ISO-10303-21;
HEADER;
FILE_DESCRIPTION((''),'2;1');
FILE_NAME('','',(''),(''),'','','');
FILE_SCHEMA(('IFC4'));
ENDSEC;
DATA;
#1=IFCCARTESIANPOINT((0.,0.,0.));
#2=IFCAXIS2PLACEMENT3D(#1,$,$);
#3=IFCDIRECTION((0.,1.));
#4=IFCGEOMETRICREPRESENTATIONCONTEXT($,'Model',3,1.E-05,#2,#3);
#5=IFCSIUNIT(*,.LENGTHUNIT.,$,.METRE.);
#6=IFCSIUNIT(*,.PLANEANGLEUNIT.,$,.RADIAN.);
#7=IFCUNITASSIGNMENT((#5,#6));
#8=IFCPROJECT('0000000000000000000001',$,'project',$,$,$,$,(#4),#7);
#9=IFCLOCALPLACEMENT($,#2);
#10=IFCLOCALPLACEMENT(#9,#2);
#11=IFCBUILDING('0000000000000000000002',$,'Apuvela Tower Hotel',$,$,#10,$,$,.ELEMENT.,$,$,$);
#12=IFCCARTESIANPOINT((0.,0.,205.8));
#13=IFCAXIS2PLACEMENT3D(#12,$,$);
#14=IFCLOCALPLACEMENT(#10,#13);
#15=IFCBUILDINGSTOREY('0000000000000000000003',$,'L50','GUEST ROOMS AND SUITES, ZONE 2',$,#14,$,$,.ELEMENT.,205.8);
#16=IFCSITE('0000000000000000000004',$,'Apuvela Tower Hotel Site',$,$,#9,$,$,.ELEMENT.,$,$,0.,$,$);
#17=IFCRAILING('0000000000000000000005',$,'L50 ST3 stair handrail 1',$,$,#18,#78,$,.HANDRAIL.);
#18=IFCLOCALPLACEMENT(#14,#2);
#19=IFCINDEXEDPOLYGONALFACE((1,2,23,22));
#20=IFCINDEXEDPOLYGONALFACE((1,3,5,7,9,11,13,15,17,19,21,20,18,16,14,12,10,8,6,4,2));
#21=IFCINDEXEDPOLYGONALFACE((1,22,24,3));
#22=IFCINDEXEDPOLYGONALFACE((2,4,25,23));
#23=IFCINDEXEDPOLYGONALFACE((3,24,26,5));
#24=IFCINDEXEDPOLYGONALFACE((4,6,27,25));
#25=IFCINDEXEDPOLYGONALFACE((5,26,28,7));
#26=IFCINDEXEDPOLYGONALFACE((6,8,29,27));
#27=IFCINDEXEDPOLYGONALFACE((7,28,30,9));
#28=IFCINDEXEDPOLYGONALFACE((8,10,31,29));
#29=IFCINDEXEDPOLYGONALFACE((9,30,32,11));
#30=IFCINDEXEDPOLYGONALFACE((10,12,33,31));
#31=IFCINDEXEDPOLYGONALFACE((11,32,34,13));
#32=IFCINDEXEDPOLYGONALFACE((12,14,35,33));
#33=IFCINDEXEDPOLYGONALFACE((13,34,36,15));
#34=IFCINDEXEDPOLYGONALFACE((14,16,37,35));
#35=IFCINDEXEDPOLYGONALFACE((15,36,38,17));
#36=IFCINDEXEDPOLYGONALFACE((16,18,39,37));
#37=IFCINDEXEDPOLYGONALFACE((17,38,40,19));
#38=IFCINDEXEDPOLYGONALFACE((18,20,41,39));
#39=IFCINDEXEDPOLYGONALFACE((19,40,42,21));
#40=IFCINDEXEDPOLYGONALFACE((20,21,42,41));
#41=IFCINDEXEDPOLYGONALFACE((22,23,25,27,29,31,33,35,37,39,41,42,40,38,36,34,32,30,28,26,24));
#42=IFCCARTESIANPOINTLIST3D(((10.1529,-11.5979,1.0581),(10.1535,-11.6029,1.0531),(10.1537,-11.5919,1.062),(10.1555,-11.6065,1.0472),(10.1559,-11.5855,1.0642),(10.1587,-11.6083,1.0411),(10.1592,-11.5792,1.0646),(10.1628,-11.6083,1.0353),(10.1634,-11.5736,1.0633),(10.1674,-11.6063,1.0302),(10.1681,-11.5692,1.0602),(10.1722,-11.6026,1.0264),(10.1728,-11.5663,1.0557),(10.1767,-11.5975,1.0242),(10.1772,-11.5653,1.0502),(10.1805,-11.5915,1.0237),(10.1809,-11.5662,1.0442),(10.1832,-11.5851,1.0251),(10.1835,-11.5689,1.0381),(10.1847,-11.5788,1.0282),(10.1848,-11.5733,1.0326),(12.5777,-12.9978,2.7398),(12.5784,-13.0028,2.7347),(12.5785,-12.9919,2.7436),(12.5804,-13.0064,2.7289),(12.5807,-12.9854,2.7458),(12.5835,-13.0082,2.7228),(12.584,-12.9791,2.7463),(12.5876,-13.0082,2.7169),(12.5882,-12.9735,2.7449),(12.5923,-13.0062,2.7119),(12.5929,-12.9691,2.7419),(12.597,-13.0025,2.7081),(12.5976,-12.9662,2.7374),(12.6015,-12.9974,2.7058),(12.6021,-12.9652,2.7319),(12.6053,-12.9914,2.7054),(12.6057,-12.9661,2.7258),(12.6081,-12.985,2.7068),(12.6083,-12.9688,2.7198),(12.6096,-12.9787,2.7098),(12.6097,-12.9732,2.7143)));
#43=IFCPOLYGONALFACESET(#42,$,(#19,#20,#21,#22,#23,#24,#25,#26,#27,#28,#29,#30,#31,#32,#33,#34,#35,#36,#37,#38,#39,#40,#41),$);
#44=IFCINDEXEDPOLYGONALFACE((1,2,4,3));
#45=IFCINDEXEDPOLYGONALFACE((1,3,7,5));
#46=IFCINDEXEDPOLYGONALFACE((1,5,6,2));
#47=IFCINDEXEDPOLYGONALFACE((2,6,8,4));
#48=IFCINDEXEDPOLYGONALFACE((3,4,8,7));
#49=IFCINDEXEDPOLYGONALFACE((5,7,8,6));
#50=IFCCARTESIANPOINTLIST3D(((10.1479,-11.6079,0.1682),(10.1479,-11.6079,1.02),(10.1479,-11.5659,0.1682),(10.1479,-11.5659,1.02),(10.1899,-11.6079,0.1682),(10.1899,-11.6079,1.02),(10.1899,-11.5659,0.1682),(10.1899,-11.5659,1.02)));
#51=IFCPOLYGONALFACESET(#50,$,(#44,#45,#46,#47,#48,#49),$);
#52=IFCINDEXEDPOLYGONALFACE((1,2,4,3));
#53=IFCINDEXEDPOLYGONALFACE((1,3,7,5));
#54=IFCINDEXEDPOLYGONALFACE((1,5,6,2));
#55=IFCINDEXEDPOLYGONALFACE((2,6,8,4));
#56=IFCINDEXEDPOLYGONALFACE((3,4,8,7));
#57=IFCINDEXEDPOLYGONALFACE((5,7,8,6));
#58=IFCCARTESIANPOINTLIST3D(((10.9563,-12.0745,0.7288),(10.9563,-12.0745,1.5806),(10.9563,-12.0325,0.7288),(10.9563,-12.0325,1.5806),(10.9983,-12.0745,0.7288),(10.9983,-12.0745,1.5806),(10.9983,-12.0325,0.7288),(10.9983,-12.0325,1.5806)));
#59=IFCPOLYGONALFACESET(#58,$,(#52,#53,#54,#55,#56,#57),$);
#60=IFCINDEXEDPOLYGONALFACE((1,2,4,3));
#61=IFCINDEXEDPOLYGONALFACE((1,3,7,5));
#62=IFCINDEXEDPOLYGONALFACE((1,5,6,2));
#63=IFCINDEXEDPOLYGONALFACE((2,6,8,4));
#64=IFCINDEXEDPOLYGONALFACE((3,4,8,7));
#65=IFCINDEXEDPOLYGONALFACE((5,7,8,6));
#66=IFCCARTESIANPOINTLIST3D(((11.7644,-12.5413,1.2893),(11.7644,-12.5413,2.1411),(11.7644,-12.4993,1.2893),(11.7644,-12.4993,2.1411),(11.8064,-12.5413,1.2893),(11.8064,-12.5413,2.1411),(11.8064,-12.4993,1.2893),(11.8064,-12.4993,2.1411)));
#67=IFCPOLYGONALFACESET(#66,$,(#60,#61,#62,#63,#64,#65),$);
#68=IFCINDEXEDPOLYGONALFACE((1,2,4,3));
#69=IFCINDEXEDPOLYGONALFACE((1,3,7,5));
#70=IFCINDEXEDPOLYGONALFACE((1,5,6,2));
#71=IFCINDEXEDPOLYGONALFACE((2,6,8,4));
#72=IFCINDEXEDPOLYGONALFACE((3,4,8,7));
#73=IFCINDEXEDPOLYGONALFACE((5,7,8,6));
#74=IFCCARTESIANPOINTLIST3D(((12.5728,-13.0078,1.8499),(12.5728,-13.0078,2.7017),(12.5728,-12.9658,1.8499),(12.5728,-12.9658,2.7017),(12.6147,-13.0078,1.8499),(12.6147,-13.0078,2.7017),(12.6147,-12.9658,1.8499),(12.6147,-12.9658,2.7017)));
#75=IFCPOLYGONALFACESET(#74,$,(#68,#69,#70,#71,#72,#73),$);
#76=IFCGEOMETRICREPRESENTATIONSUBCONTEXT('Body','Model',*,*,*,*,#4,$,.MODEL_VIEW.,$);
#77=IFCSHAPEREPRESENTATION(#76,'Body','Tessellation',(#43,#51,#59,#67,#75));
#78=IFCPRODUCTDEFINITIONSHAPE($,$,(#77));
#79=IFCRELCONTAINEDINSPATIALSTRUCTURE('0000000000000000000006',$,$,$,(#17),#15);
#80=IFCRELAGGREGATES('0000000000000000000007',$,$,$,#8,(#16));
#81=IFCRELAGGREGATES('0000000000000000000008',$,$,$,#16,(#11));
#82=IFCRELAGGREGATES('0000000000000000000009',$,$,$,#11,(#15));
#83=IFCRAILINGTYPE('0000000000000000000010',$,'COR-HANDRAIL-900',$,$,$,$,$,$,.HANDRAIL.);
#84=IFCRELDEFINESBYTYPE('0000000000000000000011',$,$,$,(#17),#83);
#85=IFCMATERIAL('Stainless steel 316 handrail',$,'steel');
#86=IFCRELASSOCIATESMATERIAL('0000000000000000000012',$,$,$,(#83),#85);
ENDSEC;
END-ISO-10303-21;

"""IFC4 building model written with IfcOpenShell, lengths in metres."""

from ifc_helpers import new_model, si_unit, direction, frame, origin, origin_2d, place, context, subcontext, project, spatial, rectangle, circle, extrude, material, type_object, element, save


model = new_model("IFC4")

# Units and contexts
model_context = context("Model", 3, precision=1e-05, world=origin(), true_north=direction((0.0, 1.0)))
body_context = subcontext(model_context, "Body", "Model", "MODEL_VIEW")
ifc_project = project(units=[si_unit("LENGTHUNIT", "METRE"), si_unit("PLANEANGLEUNIT", "RADIAN")], contexts=[model_context])

# Site, building, storey
site_placement = place(None, origin())
site = spatial("IfcSite", under=ifc_project, at=site_placement, Name="Apuvela Tower Hotel Site", CompositionType="ELEMENT", RefElevation=0.0)
building_placement = place(site_placement, origin())
building = spatial("IfcBuilding", under=site, at=building_placement, Name="Apuvela Tower Hotel", CompositionType="ELEMENT")
storey_placement = place(building_placement, frame((0.0, 0.0, 205.8)))
storey = spatial("IfcBuildingStorey", under=building, at=storey_placement, Name="L50", Description="GUEST ROOMS AND SUITES, ZONE 2", CompositionType="ELEMENT", Elevation=205.8)

# Railing
ifc_material_1 = material(Name="Stainless steel 316 handrail", Category="steel")
railing_type_1 = type_object("IfcRailingType", Name="COR-HANDRAIL-900", PredefinedType="HANDRAIL", material=ifc_material_1)
railing_1_placement = place(storey_placement, frame((10.1689, -11.5869, 0.1682)))
element("IfcRailing", 1, at=railing_1_placement, inside=storey, type_object=railing_type_1, Name="L50 ST3 stair handrail 1", PredefinedType="HANDRAIL", context=body_context, shape_type="SweptSolid", body=[
    extrude(circle(Radius=0.0239, at=origin_2d()), frame((0.0, 0.0, 0.876), z_axis=(0.742419, -0.428618, 0.514879), x_axis=(0.499984, 0.866035, 0.0)), (0.0, 0.0, 1.0), 3.2661),
    extrude(rectangle(XDim=0.042, YDim=0.042, at=origin_2d()), origin(), (0.0, 0.0, 1.0), 0.8518),
    extrude(rectangle(XDim=0.042, YDim=0.042, at=origin_2d()), frame((0.8083, -0.4666, 0.5605)), (0.0, 0.0, 1.0), 0.8518),
    extrude(rectangle(XDim=0.042, YDim=0.042, at=origin_2d()), frame((1.6165, -0.9333, 1.1211)), (0.0, 0.0, 1.0), 0.8518),
    extrude(rectangle(XDim=0.042, YDim=0.042, at=origin_2d()), frame((2.4248, -1.3999, 1.6816)), (0.0, 0.0, 1.0), 0.8518),
])

save(model, "model.ifc")
